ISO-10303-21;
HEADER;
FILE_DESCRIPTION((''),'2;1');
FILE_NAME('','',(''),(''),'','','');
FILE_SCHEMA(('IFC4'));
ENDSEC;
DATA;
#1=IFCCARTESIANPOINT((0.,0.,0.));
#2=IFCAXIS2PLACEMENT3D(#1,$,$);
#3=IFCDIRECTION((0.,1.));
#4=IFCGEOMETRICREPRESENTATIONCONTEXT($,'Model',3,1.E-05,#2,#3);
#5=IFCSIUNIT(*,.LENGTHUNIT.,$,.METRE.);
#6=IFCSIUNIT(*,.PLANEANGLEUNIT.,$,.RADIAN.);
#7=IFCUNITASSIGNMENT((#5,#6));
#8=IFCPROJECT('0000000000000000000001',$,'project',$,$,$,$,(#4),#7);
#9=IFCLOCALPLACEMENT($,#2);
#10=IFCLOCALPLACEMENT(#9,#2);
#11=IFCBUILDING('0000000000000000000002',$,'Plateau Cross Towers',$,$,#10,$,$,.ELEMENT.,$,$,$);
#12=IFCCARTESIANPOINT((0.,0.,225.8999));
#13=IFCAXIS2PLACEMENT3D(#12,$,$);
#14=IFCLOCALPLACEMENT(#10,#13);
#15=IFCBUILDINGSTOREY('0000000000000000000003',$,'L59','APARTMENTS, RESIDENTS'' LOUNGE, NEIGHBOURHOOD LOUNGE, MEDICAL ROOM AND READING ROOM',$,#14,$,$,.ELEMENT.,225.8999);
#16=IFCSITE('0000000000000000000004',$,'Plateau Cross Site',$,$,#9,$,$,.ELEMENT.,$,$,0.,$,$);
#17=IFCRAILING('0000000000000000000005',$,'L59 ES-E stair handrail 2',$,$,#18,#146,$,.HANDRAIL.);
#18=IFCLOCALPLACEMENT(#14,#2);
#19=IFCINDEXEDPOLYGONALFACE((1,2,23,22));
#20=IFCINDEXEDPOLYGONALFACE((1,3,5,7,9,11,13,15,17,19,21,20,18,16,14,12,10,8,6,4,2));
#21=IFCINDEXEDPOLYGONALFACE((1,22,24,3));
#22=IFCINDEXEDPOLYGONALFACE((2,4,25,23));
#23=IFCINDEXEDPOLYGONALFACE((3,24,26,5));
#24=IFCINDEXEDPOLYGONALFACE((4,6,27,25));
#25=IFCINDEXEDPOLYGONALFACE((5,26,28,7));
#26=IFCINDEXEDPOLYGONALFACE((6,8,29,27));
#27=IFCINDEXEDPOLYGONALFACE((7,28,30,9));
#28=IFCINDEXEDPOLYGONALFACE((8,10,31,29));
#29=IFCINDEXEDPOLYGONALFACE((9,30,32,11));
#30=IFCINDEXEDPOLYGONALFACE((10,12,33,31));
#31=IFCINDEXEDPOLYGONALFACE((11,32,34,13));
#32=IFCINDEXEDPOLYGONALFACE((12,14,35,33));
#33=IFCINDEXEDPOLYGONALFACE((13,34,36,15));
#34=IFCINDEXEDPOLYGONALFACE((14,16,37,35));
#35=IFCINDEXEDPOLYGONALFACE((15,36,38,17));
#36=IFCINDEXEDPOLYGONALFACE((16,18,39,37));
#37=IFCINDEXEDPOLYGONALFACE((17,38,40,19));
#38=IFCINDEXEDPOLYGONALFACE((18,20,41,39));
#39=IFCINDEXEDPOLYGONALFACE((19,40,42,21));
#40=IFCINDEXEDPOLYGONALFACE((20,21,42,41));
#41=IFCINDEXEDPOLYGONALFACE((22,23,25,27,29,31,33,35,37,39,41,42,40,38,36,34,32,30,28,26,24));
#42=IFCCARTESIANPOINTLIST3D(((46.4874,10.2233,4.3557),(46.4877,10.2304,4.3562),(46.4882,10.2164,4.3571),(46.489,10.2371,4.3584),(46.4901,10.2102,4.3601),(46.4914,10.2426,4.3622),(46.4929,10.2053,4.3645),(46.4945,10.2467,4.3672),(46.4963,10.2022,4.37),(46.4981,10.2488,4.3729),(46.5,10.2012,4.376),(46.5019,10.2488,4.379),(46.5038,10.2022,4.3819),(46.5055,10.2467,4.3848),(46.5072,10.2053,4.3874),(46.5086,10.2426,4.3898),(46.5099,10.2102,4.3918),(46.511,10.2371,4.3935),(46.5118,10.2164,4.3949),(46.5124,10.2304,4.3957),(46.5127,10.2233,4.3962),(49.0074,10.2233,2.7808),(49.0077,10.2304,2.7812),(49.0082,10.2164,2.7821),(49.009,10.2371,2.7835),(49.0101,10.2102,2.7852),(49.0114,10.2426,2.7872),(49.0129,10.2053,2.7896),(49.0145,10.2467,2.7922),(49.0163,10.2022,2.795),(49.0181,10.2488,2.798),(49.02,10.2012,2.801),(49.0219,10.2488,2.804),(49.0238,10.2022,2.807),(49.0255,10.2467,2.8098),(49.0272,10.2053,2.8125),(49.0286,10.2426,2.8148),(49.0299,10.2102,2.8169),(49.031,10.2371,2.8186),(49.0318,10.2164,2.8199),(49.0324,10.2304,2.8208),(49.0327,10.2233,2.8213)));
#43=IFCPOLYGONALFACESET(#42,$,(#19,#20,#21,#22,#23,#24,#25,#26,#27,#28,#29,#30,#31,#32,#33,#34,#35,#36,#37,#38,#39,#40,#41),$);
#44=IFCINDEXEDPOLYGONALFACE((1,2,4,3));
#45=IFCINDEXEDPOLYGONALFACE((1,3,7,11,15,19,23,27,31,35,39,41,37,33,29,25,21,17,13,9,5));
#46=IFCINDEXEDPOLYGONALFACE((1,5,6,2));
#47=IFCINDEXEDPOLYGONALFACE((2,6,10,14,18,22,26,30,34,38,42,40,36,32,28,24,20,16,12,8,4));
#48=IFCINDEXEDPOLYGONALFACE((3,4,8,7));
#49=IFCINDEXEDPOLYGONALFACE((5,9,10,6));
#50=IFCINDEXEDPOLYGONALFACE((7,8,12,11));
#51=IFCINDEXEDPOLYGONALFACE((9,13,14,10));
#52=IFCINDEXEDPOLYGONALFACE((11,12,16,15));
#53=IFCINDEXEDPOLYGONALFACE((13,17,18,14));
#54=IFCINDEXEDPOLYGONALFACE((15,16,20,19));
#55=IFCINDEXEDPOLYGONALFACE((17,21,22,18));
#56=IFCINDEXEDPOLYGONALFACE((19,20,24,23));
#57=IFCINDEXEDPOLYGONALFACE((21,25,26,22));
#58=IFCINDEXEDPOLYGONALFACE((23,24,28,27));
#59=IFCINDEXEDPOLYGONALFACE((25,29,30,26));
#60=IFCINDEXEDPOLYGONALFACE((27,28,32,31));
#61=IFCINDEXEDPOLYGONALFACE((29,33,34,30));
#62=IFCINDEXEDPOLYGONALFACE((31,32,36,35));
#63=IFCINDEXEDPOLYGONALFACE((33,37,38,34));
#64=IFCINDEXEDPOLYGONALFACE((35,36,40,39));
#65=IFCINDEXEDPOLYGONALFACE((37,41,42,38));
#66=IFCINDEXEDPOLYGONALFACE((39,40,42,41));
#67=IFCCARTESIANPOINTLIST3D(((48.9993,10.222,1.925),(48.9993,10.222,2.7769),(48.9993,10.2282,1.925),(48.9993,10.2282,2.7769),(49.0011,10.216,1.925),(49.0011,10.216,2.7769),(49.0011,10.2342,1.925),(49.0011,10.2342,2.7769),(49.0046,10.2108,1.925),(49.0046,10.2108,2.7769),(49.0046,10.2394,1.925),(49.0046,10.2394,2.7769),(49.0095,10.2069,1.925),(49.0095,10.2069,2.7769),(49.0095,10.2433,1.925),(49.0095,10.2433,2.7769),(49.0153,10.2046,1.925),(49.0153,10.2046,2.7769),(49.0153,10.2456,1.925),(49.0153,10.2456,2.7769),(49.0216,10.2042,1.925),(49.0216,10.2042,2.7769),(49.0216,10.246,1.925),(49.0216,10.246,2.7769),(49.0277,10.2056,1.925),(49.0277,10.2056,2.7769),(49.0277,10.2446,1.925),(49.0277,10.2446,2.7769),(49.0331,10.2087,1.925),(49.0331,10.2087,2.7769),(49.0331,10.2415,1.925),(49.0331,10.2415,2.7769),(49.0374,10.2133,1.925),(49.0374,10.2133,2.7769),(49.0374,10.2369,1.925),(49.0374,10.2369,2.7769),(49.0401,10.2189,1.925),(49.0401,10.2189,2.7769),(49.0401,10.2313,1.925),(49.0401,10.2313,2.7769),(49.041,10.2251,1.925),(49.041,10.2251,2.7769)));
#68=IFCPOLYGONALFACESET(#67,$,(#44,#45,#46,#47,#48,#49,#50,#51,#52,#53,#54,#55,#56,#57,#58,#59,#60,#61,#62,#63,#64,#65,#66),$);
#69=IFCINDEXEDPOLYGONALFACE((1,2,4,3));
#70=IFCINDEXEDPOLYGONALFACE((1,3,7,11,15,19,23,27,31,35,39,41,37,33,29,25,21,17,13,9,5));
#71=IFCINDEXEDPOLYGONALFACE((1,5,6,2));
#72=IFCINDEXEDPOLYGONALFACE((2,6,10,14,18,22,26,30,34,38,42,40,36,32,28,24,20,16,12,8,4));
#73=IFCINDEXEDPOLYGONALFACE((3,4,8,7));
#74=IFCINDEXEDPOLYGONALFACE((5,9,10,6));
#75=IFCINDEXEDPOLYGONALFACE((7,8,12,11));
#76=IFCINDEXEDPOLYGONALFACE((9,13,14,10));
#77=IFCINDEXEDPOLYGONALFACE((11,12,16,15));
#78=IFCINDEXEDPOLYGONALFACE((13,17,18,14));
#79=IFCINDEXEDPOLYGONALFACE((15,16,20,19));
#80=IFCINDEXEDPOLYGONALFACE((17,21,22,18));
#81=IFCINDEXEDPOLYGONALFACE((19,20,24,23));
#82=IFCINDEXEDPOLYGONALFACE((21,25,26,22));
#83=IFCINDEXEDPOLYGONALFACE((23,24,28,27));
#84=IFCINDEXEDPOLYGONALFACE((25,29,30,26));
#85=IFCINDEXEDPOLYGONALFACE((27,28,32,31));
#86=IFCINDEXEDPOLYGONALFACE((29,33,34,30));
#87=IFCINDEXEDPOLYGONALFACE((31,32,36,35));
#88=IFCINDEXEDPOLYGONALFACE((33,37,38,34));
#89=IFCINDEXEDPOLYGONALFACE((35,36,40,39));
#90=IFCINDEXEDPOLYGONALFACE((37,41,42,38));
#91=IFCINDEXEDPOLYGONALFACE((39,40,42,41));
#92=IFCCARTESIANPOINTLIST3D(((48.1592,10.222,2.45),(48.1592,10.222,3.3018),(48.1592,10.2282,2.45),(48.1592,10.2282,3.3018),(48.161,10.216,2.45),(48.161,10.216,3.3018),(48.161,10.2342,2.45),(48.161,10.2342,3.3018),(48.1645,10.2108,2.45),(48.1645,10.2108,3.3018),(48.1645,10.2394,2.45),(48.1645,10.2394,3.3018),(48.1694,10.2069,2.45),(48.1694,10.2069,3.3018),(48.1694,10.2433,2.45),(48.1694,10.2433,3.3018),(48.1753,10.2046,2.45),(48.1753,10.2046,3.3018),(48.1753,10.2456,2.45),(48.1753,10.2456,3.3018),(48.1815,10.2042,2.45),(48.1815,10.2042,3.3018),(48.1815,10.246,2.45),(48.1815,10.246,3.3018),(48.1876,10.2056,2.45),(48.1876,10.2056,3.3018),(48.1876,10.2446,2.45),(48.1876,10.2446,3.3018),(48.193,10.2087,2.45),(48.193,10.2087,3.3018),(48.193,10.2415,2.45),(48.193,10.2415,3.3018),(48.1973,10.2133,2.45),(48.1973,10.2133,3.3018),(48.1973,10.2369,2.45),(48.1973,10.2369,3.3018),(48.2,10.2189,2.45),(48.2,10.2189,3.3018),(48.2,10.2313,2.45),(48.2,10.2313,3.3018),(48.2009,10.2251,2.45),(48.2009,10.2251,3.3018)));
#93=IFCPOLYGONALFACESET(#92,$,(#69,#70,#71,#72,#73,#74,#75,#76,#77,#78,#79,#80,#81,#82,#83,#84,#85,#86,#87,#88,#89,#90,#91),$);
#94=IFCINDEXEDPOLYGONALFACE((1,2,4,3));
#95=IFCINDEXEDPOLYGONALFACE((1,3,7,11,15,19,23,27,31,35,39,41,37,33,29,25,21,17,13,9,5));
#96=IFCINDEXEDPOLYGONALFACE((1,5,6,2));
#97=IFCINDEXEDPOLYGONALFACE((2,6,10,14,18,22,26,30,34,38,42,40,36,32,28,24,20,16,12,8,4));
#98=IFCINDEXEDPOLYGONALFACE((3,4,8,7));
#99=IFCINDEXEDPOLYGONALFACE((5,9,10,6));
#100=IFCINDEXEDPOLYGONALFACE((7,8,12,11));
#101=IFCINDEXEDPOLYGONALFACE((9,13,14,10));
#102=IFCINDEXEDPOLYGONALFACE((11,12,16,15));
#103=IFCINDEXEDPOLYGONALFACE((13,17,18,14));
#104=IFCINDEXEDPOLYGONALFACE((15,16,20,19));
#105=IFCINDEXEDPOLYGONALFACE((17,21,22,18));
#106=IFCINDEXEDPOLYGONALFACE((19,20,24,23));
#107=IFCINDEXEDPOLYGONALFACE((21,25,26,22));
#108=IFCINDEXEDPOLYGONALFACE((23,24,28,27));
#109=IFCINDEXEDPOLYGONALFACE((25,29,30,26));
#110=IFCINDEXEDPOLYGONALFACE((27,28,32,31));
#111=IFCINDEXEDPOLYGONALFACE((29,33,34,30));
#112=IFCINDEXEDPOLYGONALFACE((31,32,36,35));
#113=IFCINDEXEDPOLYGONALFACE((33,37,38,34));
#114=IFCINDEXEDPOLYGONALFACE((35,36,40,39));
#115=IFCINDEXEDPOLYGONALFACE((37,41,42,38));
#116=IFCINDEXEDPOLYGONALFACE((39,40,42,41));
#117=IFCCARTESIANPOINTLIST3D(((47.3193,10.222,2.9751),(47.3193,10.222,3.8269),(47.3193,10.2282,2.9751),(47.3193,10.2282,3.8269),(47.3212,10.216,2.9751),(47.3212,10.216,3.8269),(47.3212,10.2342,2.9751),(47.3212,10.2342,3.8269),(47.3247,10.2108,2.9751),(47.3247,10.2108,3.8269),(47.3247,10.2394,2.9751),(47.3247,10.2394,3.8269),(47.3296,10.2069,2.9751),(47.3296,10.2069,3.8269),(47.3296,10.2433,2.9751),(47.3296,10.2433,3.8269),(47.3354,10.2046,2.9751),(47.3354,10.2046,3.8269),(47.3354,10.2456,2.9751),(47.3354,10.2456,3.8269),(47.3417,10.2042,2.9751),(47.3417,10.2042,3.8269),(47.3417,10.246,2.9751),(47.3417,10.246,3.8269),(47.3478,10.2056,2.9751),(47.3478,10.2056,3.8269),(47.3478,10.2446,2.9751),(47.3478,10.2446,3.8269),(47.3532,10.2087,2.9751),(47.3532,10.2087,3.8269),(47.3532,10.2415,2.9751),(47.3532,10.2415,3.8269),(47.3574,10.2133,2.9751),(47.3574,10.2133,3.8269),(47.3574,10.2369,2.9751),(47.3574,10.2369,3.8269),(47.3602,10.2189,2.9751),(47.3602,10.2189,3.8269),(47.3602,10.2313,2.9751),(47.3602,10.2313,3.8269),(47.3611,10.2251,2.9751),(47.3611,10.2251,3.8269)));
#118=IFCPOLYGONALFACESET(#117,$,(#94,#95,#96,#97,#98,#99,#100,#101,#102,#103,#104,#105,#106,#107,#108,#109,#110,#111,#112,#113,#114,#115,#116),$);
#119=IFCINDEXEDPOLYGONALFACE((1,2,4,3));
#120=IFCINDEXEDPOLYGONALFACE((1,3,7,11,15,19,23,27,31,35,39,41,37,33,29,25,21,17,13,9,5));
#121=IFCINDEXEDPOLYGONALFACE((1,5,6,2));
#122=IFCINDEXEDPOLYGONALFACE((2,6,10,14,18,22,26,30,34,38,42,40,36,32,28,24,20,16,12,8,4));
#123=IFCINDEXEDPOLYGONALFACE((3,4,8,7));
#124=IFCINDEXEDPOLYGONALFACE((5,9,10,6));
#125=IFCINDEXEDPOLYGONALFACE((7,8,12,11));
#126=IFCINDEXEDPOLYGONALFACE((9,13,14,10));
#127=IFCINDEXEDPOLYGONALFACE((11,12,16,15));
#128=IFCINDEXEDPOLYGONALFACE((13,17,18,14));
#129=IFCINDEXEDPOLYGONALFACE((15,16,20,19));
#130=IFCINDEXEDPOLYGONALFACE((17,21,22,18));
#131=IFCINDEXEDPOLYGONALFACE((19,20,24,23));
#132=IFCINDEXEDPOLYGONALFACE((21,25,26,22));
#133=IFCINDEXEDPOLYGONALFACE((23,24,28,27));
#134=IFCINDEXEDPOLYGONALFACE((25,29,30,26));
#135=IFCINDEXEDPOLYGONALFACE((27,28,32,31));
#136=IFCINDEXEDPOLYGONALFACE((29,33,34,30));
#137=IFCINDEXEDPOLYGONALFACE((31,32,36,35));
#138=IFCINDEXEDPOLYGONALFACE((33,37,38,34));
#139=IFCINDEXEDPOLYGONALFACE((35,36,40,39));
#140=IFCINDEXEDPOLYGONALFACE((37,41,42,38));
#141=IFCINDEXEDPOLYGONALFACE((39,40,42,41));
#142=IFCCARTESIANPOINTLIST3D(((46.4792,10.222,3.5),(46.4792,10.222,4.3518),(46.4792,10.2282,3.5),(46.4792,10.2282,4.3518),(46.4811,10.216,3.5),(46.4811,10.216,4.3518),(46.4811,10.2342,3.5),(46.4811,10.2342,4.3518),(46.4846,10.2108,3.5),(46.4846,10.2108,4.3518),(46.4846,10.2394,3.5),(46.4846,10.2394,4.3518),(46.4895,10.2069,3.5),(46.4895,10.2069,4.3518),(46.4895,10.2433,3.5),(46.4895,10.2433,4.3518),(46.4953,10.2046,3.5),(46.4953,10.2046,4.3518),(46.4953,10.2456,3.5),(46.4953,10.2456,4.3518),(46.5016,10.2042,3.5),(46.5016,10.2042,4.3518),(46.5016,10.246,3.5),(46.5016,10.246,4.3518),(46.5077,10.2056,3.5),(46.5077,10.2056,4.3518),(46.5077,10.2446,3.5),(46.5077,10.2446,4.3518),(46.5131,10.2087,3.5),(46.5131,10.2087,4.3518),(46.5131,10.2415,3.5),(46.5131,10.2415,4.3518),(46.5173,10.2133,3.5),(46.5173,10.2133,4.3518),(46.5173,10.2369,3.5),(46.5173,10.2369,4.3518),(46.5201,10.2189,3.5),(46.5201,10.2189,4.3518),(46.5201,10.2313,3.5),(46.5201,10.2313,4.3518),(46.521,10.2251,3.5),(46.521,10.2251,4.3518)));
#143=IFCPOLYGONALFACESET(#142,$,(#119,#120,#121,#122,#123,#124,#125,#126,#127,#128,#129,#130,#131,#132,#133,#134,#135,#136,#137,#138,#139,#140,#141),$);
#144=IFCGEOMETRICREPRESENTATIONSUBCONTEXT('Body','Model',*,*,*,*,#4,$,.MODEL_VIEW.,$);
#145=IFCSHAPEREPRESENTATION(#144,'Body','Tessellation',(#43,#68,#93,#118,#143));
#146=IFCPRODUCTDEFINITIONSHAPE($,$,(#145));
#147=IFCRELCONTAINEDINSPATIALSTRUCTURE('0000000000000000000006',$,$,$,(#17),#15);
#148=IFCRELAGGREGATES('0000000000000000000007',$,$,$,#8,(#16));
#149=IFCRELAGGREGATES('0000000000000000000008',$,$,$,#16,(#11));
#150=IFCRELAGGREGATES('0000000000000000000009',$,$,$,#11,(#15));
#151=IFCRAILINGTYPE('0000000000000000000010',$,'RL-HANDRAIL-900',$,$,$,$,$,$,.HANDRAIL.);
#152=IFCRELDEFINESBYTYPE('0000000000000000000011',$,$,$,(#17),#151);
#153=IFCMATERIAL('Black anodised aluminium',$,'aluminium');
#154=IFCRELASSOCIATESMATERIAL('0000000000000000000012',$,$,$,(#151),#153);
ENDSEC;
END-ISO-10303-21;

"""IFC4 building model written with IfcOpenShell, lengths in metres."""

from ifc_helpers import new_model, si_unit, direction, frame, origin, origin_2d, place, context, subcontext, project, spatial, circle, extrude, material, type_object, element, save


model = new_model("IFC4")

# Units and contexts
model_context = context("Model", 3, precision=1e-05, world=origin(), true_north=direction((0.0, 1.0)))
body_context = subcontext(model_context, "Body", "Model", "MODEL_VIEW")
ifc_project = project(units=[si_unit("LENGTHUNIT", "METRE"), si_unit("PLANEANGLEUNIT", "RADIAN")], contexts=[model_context])

# Site, building, storey
site_placement = place(None, origin())
site = spatial("IfcSite", under=ifc_project, at=site_placement, Name="Plateau Cross Site", CompositionType="ELEMENT", RefElevation=0.0)
building_placement = place(site_placement, origin())
building = spatial("IfcBuilding", under=site, at=building_placement, Name="Plateau Cross Towers", CompositionType="ELEMENT")
storey_placement = place(building_placement, frame((0.0, 0.0, 225.8999)))
storey = spatial("IfcBuildingStorey", under=building, at=storey_placement, Name="L59", Description="APARTMENTS, RESIDENTS' LOUNGE, NEIGHBOURHOOD LOUNGE, MEDICAL ROOM AND READING ROOM", CompositionType="ELEMENT", Elevation=225.8999)

# Shared definitions
ifc_material_1 = material(Name="Black anodised aluminium", Category="aluminium")

# Railing
railing_type_1 = type_object("IfcRailingType", Name="RL-HANDRAIL-900", PredefinedType="HANDRAIL", material=ifc_material_1)
railing_1_placement = place(storey_placement, frame((49.02, 10.2251, 1.925)))
element("IfcRailing", 1, at=railing_1_placement, inside=storey, type_object=railing_type_1, Name="L59 ES-E stair handrail 2", PredefinedType="HANDRAIL", context=body_context, shape_type="SweptSolid", body=[
    extrude(circle(Radius=0.0239, at=origin_2d()), frame((0.0, 0.0, 0.876), z_axis=(-0.848008, 0.0, 0.529984), x_axis=(0.0, -1.0, 0.0)), (0.0, 0.0, 1.0), 2.9717),
    extrude(circle(Radius=0.021, at=origin_2d()), origin(), (0.0, 0.0, 1.0), 0.8518),
    extrude(circle(Radius=0.021, at=origin_2d()), frame((-0.8401, 0.0, 0.5249)), (0.0, 0.0, 1.0), 0.8518),
    extrude(circle(Radius=0.021, at=origin_2d()), frame((-1.6799, 0.0, 1.05)), (0.0, 0.0, 1.0), 0.8518),
    extrude(circle(Radius=0.021, at=origin_2d()), frame((-2.52, 0.0, 1.575)), (0.0, 0.0, 1.0), 0.8518),
])

save(model, "model.ifc")
